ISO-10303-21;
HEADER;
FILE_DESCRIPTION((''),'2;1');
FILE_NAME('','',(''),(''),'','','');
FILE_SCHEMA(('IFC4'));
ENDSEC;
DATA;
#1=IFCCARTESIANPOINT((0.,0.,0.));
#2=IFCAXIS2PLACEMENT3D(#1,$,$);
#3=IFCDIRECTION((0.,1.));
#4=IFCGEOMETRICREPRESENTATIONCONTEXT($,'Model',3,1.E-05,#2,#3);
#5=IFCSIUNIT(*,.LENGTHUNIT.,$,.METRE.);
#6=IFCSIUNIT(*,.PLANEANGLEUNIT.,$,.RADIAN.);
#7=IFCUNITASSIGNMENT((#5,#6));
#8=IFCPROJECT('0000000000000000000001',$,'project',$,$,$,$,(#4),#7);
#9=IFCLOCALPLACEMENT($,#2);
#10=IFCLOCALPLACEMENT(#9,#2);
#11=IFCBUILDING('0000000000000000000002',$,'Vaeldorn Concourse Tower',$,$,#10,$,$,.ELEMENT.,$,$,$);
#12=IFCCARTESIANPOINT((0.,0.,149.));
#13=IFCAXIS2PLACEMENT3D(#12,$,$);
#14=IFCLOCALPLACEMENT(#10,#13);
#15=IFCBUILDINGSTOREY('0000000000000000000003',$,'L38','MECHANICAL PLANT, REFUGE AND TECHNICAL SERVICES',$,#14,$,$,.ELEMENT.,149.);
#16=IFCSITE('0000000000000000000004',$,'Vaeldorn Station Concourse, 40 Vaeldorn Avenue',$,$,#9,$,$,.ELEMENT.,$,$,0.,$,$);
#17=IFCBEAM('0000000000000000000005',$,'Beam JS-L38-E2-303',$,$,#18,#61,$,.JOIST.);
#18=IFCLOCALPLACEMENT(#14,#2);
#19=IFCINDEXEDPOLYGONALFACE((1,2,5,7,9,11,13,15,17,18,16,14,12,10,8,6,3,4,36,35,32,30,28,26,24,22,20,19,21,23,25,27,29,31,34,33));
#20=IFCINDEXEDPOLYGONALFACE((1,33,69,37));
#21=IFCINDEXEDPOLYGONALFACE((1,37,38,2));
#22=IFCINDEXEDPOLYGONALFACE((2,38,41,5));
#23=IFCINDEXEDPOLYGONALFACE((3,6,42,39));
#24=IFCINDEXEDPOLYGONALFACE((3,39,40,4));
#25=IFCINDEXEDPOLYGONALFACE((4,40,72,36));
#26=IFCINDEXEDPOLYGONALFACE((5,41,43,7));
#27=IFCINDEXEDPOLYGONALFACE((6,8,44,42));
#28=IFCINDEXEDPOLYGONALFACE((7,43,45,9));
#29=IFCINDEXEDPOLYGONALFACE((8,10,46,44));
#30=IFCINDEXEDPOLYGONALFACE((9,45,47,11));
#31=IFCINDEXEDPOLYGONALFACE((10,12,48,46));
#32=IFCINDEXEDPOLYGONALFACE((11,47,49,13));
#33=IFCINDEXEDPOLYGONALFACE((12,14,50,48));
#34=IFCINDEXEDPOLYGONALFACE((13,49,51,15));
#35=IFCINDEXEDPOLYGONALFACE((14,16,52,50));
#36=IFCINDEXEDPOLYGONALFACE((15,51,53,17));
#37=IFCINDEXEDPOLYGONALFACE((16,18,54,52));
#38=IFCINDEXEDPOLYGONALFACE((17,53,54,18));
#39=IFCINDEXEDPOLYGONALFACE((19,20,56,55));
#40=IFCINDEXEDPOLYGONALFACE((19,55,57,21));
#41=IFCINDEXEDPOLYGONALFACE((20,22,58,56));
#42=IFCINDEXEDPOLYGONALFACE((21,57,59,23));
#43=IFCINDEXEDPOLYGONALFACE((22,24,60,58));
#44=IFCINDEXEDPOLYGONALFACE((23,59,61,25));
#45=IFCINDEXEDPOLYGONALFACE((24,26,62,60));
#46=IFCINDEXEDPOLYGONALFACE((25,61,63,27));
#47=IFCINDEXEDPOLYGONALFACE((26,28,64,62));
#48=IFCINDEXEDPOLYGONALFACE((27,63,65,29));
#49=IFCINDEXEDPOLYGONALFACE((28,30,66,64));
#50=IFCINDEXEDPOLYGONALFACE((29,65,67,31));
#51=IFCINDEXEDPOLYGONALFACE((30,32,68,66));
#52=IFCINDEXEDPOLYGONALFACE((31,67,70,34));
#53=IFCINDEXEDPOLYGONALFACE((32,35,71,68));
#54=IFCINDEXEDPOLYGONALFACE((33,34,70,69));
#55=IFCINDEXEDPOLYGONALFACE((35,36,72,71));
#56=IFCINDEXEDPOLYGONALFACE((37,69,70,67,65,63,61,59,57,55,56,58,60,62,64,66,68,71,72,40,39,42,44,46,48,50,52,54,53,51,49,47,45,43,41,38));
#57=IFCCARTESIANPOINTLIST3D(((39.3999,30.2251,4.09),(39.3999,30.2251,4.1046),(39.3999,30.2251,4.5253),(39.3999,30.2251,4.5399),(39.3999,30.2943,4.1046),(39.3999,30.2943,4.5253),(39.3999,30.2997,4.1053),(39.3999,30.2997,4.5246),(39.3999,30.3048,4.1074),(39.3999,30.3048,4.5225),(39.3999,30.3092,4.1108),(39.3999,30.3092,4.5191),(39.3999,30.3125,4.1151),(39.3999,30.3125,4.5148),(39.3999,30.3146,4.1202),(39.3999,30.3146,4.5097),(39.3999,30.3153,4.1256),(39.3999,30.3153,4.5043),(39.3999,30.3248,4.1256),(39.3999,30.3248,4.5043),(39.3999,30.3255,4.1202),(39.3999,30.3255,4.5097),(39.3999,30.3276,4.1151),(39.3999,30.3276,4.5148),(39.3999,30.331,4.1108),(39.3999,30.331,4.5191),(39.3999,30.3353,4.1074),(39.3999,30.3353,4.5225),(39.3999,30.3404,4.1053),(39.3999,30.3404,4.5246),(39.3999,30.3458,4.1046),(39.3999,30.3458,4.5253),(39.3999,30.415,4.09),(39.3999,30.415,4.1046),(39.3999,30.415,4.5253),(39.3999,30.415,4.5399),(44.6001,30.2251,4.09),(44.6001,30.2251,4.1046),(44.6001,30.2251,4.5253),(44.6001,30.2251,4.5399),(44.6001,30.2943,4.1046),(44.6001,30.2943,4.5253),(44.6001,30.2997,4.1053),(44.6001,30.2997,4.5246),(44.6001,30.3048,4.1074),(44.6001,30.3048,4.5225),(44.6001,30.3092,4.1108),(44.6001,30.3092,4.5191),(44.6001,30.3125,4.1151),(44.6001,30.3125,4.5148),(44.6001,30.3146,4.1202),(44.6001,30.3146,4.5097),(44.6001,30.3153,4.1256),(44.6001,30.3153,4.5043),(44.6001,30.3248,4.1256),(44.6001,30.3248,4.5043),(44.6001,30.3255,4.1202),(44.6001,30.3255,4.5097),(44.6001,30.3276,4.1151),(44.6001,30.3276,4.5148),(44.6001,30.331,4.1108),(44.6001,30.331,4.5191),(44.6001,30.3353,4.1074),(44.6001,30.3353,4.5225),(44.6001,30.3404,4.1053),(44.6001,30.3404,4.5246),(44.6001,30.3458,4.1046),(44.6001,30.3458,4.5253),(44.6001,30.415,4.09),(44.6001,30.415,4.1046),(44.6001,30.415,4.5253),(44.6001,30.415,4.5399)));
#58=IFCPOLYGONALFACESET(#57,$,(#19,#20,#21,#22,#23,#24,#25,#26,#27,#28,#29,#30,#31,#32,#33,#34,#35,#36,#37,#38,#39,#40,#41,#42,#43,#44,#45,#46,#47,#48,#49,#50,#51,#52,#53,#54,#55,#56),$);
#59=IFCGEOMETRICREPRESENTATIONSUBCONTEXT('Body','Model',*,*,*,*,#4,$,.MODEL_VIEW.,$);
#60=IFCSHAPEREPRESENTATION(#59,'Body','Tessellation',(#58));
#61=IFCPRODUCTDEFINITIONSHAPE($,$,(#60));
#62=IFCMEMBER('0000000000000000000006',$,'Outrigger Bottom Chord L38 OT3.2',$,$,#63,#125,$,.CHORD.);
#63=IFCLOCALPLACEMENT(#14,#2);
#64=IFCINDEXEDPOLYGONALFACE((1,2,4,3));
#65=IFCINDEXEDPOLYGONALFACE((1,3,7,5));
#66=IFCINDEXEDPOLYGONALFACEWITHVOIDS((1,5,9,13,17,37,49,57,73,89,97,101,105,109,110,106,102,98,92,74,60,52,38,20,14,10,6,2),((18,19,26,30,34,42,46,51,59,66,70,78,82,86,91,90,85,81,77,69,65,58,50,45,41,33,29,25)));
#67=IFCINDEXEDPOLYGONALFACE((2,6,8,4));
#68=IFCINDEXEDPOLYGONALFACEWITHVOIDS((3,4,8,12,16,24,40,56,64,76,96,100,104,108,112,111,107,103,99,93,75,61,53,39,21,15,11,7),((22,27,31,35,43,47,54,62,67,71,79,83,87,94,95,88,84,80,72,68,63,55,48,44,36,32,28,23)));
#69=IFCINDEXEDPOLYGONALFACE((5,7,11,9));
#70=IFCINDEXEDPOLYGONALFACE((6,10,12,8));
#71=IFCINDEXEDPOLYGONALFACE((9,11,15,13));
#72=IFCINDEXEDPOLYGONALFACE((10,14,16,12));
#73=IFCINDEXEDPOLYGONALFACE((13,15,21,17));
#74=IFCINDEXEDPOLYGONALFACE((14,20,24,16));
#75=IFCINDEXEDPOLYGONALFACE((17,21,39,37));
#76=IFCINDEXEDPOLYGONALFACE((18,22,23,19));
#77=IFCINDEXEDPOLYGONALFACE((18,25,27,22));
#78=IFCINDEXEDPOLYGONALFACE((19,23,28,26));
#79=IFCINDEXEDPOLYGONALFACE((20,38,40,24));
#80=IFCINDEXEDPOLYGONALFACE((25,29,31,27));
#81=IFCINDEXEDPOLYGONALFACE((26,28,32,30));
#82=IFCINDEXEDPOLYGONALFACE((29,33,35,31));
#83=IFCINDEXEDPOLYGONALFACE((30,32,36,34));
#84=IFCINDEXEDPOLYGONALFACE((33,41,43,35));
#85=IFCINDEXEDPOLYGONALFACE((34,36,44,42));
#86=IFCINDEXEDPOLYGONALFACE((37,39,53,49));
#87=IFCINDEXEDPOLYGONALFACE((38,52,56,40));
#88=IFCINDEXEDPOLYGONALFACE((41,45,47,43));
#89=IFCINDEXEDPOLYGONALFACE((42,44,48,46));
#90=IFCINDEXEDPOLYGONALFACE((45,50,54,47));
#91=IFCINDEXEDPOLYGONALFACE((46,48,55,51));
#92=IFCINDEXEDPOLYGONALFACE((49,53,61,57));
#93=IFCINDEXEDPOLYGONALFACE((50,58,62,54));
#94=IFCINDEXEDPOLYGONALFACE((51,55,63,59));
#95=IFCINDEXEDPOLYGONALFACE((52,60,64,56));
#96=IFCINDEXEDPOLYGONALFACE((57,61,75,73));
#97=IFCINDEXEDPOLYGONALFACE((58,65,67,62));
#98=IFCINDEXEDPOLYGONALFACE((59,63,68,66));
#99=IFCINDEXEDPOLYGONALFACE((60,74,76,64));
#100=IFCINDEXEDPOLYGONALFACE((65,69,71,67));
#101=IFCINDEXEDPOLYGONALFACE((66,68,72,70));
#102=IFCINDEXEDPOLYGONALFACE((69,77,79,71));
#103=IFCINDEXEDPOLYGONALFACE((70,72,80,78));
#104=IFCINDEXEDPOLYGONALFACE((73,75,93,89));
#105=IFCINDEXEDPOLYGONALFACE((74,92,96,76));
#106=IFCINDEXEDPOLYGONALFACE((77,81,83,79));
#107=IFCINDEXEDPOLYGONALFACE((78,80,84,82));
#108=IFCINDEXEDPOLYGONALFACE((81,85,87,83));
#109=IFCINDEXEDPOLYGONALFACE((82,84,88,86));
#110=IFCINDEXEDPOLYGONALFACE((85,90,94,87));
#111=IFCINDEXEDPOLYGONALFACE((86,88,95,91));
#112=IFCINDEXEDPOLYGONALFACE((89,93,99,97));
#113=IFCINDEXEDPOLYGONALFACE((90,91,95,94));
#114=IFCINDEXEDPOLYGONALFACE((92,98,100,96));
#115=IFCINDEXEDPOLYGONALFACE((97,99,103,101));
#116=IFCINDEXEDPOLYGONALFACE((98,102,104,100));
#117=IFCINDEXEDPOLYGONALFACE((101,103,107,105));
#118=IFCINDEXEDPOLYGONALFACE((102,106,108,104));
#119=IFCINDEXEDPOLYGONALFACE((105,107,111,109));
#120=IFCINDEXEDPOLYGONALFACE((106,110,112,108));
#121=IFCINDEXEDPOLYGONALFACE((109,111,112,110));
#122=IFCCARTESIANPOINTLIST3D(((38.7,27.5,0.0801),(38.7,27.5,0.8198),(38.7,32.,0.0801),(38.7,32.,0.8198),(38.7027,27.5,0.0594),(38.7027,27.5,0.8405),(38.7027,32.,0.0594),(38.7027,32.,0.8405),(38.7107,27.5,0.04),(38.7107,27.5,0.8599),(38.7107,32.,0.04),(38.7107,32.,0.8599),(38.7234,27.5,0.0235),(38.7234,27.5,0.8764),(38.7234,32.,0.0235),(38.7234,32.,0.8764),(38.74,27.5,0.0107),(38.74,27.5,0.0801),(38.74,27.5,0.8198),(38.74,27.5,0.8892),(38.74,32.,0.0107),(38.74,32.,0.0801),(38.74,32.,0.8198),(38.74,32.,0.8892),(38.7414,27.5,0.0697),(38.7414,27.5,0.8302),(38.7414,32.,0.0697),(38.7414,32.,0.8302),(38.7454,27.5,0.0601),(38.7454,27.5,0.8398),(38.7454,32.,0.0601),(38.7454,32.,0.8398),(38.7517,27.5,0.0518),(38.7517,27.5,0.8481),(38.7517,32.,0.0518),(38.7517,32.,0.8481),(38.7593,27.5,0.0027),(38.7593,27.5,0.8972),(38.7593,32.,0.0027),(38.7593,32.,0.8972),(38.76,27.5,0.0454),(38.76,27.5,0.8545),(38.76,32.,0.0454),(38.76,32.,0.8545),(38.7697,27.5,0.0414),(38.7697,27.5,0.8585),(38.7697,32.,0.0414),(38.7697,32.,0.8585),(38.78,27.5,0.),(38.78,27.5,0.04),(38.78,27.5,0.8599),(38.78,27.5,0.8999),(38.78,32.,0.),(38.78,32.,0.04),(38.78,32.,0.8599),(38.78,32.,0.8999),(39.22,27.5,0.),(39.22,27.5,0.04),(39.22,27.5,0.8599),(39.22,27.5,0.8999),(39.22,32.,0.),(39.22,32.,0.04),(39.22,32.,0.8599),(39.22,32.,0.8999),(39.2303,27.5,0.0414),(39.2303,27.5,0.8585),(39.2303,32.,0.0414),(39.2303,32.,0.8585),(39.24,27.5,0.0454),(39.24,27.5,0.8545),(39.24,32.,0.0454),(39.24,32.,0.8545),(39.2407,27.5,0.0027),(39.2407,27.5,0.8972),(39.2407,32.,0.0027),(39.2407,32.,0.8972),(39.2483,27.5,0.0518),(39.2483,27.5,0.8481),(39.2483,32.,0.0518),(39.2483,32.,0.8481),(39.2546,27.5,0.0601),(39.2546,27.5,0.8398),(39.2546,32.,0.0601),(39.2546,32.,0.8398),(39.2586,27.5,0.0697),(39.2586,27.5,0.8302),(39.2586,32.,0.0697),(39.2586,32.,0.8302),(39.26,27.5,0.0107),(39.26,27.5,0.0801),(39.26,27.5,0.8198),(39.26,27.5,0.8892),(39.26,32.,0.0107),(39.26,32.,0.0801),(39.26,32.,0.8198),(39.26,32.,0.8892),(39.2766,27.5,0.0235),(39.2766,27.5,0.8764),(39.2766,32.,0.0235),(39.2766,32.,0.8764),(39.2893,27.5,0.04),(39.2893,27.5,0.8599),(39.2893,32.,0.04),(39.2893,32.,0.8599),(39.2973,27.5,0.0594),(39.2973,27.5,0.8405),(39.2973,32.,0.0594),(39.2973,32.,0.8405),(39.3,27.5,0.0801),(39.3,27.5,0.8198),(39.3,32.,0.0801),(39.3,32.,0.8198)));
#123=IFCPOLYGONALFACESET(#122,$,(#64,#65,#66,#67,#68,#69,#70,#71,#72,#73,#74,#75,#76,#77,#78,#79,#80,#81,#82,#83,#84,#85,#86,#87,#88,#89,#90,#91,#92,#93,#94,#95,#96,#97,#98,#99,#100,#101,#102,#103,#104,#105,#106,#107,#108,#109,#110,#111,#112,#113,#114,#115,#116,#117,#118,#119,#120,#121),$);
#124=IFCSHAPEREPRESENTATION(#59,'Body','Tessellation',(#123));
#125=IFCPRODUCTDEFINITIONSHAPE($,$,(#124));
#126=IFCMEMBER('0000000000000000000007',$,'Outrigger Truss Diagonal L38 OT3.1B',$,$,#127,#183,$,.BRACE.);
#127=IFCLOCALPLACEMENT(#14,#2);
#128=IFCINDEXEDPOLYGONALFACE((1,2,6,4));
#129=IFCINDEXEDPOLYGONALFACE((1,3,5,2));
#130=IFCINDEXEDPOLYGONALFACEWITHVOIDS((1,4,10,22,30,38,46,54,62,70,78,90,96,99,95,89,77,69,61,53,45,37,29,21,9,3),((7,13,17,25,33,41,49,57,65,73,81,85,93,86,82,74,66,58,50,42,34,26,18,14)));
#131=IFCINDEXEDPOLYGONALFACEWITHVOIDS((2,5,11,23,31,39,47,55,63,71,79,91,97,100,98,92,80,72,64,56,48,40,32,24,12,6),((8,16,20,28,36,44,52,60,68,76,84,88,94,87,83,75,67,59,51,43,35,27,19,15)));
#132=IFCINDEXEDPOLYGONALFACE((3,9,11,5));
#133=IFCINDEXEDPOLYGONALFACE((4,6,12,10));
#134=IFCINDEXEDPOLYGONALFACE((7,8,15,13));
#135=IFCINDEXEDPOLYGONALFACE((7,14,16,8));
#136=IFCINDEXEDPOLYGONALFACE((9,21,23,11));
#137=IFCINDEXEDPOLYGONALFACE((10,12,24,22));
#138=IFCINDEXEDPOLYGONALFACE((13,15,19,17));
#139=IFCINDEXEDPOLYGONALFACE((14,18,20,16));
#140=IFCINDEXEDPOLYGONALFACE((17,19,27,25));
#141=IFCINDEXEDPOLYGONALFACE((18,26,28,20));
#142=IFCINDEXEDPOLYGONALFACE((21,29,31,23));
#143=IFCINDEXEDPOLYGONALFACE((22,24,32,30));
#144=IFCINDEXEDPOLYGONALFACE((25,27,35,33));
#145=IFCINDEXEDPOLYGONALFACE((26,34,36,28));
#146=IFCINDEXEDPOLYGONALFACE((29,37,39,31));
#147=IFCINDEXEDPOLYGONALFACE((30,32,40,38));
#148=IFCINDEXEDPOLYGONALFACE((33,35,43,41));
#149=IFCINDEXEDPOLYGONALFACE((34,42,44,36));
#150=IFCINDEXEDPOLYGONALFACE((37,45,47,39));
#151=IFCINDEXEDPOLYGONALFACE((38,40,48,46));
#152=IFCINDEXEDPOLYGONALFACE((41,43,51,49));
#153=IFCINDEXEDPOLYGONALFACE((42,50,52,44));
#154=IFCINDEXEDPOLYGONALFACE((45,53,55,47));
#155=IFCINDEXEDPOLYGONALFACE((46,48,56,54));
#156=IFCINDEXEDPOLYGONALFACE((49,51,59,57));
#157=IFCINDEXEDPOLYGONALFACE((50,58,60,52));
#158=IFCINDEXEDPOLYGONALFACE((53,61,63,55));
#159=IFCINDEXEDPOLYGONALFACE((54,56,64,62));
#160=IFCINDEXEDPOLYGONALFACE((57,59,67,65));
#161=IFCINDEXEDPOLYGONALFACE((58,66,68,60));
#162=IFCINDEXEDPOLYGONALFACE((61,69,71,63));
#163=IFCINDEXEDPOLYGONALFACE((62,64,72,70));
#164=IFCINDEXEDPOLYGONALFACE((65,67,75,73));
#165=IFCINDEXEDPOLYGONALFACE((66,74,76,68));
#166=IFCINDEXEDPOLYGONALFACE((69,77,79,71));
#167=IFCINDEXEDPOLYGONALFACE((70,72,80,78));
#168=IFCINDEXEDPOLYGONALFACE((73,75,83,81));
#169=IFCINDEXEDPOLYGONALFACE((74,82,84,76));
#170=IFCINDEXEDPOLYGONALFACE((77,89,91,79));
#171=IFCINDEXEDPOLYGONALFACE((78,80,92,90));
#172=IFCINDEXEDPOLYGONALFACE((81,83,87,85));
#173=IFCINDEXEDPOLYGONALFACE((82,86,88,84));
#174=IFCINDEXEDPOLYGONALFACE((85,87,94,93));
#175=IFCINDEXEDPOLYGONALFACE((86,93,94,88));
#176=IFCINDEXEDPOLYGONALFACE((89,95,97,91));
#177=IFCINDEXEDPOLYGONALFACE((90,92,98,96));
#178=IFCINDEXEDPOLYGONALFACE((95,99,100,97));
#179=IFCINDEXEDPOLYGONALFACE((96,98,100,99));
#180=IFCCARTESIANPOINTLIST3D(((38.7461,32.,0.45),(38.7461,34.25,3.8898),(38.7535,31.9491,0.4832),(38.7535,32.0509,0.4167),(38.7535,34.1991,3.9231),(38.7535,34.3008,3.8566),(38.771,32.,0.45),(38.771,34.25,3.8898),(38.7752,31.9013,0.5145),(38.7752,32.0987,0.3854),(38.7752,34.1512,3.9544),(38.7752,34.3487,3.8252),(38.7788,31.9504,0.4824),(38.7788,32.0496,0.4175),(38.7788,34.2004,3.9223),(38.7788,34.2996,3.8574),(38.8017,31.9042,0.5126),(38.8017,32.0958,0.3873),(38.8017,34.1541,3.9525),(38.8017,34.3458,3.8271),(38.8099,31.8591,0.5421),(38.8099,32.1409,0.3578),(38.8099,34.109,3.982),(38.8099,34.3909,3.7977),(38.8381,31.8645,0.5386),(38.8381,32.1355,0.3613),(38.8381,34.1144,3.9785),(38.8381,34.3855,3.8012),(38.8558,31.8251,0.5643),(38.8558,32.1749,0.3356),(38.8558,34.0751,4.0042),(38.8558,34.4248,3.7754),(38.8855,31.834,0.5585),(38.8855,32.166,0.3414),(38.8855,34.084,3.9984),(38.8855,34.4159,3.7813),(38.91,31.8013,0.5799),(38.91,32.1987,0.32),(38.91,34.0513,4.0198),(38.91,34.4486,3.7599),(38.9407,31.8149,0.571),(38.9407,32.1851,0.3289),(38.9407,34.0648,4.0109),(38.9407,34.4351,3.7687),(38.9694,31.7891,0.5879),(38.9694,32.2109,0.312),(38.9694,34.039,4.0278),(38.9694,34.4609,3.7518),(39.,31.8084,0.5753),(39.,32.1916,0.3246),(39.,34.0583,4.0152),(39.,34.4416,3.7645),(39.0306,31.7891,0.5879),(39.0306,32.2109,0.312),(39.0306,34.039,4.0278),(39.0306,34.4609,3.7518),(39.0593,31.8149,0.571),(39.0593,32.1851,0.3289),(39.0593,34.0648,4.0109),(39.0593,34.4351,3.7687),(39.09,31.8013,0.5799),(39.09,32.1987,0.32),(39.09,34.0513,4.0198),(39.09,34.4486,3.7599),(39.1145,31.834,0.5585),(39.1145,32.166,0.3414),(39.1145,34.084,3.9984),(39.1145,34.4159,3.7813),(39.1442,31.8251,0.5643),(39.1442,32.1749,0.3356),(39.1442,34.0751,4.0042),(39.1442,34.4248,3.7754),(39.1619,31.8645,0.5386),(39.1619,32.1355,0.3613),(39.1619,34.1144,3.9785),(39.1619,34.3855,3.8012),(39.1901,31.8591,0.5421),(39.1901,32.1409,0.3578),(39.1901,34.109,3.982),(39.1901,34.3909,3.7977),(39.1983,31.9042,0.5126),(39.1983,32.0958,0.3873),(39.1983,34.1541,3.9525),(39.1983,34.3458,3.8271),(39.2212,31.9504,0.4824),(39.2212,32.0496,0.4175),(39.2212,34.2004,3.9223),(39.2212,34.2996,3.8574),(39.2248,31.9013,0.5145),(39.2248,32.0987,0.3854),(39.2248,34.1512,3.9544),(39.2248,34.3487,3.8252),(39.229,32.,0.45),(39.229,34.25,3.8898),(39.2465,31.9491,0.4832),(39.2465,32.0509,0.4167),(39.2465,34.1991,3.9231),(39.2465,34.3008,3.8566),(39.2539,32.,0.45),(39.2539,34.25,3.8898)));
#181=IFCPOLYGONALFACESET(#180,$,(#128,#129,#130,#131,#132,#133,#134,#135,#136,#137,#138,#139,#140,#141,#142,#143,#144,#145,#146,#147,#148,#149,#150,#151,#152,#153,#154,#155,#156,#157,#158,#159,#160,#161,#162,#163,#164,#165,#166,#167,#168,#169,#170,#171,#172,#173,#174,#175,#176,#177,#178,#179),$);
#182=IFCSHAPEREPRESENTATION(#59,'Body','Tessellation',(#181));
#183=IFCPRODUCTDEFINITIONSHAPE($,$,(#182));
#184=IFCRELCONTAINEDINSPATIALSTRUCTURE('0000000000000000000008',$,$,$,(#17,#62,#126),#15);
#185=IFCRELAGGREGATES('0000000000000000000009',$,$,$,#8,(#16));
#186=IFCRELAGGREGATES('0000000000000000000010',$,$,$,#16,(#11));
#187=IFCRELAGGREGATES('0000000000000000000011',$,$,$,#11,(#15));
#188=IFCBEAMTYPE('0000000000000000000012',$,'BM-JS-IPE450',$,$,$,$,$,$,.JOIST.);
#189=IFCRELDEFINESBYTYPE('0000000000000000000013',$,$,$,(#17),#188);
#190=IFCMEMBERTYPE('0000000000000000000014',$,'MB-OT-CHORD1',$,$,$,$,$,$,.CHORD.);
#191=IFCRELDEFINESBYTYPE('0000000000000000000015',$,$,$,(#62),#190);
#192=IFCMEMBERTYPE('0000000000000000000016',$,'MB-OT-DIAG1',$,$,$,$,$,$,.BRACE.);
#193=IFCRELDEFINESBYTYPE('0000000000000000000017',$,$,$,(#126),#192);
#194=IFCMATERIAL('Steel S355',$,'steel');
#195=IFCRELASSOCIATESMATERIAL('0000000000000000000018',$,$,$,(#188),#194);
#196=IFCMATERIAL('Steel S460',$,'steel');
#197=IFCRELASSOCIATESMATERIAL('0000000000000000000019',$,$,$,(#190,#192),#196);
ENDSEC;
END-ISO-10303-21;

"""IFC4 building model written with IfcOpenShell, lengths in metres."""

from ifc_helpers import new_model, si_unit, direction, frame, origin, origin_2d, place, context, subcontext, project, spatial, hollow_rectangle, hollow_circle, i_section, extrude, source, transform, mapped, material, material_profile, profile_set, type_object, element, save


model = new_model("IFC4")

# Units and contexts
model_context = context("Model", 3, precision=1e-05, world=origin(), true_north=direction((0.0, 1.0)))
body_context = subcontext(model_context, "Body", "Model", "MODEL_VIEW")
ifc_project = project(units=[si_unit("LENGTHUNIT", "METRE"), si_unit("PLANEANGLEUNIT", "RADIAN")], contexts=[model_context])

# Site, building, storey
site_placement = place(None, origin())
site = spatial("IfcSite", under=ifc_project, at=site_placement, Name="Vaeldorn Station Concourse, 40 Vaeldorn Avenue", CompositionType="ELEMENT", RefElevation=0.0)
building_placement = place(site_placement, origin())
building = spatial("IfcBuilding", under=site, at=building_placement, Name="Vaeldorn Concourse Tower", CompositionType="ELEMENT")
storey_placement = place(building_placement, frame((0.0, 0.0, 149.0)))
storey = spatial("IfcBuildingStorey", under=building, at=storey_placement, Name="L38", Description="MECHANICAL PLANT, REFUGE AND TECHNICAL SERVICES", CompositionType="ELEMENT", Elevation=149.0)

# Shared definitions
ifc_material_1 = material(Name="Steel S460", Category="steel")

# Beam
ifc_material_2 = material(Name="Steel S355", Category="steel")
ifc_material_profile_1 = material_profile(ifc_material_2, i_section(OverallWidth=0.1899, OverallDepth=0.45, WebThickness=0.0095, FlangeThickness=0.0146, FilletRadius=0.021, at=origin_2d()), Name="IPE 450")
ifc_profile_set_1 = profile_set([ifc_material_profile_1], Name="Steel S355")
beam_type_1 = type_object("IfcBeamType", Name="BM-JS-IPE450", PredefinedType="JOIST", material=ifc_profile_set_1)
shared_shape_1 = source(origin(), body_context, "Body", "SweptSolid", [
    extrude(i_section(OverallWidth=0.1899, OverallDepth=0.45, WebThickness=0.0095, FlangeThickness=0.0146, FilletRadius=0.021, at=origin_2d()), origin(), (0.0, 0.0, 1.0), 5.2002),
])
beam_1_placement = place(storey_placement, frame((39.3999, 30.3201, 4.3149), z_axis=(1.0, 0.0, 0.0), x_axis=(0.0, 1.0, 0.0)))
element("IfcBeam", 1, at=beam_1_placement, inside=storey, type_object=beam_type_1, Name="Beam JS-L38-E2-303", PredefinedType="JOIST", context=body_context, shape_type="MappedRepresentation", body=[
    mapped(shared_shape_1, transform((0.0, 0.0, 0.0), scale=1.0)),
])

# Members
ifc_material_profile_2 = material_profile(ifc_material_1, hollow_rectangle(XDim=0.6001, YDim=0.8999, WallThickness=0.04, InnerFilletRadius=0.04, OuterFilletRadius=0.0801, at=origin_2d()), Name="RHS 900x600x40")
ifc_profile_set_2 = profile_set([ifc_material_profile_2], Name="Steel S460")
member_type_1 = type_object("IfcMemberType", Name="MB-OT-CHORD1", PredefinedType="CHORD", material=ifc_profile_set_2)
shared_shape_2 = source(origin(), body_context, "Body", "SweptSolid", [
    extrude(hollow_rectangle(XDim=0.6001, YDim=0.8999, WallThickness=0.04, InnerFilletRadius=0.04, OuterFilletRadius=0.0801, at=origin_2d()), origin(), (0.0, 0.0, 1.0), 4.5),
])
member_1_placement = place(storey_placement, frame((39.0, 32.0, 0.45), z_axis=(0.0, -1.0, 0.0), x_axis=(1.0, 0.0, 0.0)))
element("IfcMember", 2, at=member_1_placement, inside=storey, type_object=member_type_1, Name="Outrigger Bottom Chord L38 OT3.2", PredefinedType="CHORD", context=body_context, shape_type="MappedRepresentation", body=[
    mapped(shared_shape_2, transform((0.0, 0.0, 0.0), scale=1.0)),
])
ifc_material_profile_3 = material_profile(ifc_material_1, hollow_circle(Radius=0.2539, WallThickness=0.0249, at=origin_2d()), Name="CHS 508x25")
ifc_profile_set_3 = profile_set([ifc_material_profile_3], Name="Steel S460")
member_type_2 = type_object("IfcMemberType", Name="MB-OT-DIAG1", PredefinedType="BRACE", material=ifc_profile_set_3)
shared_shape_3 = source(origin(), body_context, "Body", "SweptSolid", [
    extrude(hollow_circle(Radius=0.2539, WallThickness=0.0249, at=origin_2d()), origin(), (0.0, 0.0, 1.0), 4.1104),
])
for number, where, z_axis, x_axis, name in (
    (3, (39.0, 32.0, 0.45), (0.0, 0.547387, 0.83688), (-1.0, 0.0, 0.0), "Outrigger Truss Diagonal L38 OT3.1B"),
):
    element("IfcMember", number, at=place(storey_placement, frame(where, z_axis=z_axis, x_axis=x_axis)), inside=storey, type_object=member_type_2, Name=name, PredefinedType="BRACE", context=body_context, shape_type="MappedRepresentation", body=[
        mapped(shared_shape_3, transform((0.0, 0.0, 0.0), scale=1.0)),
    ])

save(model, "model.ifc")
